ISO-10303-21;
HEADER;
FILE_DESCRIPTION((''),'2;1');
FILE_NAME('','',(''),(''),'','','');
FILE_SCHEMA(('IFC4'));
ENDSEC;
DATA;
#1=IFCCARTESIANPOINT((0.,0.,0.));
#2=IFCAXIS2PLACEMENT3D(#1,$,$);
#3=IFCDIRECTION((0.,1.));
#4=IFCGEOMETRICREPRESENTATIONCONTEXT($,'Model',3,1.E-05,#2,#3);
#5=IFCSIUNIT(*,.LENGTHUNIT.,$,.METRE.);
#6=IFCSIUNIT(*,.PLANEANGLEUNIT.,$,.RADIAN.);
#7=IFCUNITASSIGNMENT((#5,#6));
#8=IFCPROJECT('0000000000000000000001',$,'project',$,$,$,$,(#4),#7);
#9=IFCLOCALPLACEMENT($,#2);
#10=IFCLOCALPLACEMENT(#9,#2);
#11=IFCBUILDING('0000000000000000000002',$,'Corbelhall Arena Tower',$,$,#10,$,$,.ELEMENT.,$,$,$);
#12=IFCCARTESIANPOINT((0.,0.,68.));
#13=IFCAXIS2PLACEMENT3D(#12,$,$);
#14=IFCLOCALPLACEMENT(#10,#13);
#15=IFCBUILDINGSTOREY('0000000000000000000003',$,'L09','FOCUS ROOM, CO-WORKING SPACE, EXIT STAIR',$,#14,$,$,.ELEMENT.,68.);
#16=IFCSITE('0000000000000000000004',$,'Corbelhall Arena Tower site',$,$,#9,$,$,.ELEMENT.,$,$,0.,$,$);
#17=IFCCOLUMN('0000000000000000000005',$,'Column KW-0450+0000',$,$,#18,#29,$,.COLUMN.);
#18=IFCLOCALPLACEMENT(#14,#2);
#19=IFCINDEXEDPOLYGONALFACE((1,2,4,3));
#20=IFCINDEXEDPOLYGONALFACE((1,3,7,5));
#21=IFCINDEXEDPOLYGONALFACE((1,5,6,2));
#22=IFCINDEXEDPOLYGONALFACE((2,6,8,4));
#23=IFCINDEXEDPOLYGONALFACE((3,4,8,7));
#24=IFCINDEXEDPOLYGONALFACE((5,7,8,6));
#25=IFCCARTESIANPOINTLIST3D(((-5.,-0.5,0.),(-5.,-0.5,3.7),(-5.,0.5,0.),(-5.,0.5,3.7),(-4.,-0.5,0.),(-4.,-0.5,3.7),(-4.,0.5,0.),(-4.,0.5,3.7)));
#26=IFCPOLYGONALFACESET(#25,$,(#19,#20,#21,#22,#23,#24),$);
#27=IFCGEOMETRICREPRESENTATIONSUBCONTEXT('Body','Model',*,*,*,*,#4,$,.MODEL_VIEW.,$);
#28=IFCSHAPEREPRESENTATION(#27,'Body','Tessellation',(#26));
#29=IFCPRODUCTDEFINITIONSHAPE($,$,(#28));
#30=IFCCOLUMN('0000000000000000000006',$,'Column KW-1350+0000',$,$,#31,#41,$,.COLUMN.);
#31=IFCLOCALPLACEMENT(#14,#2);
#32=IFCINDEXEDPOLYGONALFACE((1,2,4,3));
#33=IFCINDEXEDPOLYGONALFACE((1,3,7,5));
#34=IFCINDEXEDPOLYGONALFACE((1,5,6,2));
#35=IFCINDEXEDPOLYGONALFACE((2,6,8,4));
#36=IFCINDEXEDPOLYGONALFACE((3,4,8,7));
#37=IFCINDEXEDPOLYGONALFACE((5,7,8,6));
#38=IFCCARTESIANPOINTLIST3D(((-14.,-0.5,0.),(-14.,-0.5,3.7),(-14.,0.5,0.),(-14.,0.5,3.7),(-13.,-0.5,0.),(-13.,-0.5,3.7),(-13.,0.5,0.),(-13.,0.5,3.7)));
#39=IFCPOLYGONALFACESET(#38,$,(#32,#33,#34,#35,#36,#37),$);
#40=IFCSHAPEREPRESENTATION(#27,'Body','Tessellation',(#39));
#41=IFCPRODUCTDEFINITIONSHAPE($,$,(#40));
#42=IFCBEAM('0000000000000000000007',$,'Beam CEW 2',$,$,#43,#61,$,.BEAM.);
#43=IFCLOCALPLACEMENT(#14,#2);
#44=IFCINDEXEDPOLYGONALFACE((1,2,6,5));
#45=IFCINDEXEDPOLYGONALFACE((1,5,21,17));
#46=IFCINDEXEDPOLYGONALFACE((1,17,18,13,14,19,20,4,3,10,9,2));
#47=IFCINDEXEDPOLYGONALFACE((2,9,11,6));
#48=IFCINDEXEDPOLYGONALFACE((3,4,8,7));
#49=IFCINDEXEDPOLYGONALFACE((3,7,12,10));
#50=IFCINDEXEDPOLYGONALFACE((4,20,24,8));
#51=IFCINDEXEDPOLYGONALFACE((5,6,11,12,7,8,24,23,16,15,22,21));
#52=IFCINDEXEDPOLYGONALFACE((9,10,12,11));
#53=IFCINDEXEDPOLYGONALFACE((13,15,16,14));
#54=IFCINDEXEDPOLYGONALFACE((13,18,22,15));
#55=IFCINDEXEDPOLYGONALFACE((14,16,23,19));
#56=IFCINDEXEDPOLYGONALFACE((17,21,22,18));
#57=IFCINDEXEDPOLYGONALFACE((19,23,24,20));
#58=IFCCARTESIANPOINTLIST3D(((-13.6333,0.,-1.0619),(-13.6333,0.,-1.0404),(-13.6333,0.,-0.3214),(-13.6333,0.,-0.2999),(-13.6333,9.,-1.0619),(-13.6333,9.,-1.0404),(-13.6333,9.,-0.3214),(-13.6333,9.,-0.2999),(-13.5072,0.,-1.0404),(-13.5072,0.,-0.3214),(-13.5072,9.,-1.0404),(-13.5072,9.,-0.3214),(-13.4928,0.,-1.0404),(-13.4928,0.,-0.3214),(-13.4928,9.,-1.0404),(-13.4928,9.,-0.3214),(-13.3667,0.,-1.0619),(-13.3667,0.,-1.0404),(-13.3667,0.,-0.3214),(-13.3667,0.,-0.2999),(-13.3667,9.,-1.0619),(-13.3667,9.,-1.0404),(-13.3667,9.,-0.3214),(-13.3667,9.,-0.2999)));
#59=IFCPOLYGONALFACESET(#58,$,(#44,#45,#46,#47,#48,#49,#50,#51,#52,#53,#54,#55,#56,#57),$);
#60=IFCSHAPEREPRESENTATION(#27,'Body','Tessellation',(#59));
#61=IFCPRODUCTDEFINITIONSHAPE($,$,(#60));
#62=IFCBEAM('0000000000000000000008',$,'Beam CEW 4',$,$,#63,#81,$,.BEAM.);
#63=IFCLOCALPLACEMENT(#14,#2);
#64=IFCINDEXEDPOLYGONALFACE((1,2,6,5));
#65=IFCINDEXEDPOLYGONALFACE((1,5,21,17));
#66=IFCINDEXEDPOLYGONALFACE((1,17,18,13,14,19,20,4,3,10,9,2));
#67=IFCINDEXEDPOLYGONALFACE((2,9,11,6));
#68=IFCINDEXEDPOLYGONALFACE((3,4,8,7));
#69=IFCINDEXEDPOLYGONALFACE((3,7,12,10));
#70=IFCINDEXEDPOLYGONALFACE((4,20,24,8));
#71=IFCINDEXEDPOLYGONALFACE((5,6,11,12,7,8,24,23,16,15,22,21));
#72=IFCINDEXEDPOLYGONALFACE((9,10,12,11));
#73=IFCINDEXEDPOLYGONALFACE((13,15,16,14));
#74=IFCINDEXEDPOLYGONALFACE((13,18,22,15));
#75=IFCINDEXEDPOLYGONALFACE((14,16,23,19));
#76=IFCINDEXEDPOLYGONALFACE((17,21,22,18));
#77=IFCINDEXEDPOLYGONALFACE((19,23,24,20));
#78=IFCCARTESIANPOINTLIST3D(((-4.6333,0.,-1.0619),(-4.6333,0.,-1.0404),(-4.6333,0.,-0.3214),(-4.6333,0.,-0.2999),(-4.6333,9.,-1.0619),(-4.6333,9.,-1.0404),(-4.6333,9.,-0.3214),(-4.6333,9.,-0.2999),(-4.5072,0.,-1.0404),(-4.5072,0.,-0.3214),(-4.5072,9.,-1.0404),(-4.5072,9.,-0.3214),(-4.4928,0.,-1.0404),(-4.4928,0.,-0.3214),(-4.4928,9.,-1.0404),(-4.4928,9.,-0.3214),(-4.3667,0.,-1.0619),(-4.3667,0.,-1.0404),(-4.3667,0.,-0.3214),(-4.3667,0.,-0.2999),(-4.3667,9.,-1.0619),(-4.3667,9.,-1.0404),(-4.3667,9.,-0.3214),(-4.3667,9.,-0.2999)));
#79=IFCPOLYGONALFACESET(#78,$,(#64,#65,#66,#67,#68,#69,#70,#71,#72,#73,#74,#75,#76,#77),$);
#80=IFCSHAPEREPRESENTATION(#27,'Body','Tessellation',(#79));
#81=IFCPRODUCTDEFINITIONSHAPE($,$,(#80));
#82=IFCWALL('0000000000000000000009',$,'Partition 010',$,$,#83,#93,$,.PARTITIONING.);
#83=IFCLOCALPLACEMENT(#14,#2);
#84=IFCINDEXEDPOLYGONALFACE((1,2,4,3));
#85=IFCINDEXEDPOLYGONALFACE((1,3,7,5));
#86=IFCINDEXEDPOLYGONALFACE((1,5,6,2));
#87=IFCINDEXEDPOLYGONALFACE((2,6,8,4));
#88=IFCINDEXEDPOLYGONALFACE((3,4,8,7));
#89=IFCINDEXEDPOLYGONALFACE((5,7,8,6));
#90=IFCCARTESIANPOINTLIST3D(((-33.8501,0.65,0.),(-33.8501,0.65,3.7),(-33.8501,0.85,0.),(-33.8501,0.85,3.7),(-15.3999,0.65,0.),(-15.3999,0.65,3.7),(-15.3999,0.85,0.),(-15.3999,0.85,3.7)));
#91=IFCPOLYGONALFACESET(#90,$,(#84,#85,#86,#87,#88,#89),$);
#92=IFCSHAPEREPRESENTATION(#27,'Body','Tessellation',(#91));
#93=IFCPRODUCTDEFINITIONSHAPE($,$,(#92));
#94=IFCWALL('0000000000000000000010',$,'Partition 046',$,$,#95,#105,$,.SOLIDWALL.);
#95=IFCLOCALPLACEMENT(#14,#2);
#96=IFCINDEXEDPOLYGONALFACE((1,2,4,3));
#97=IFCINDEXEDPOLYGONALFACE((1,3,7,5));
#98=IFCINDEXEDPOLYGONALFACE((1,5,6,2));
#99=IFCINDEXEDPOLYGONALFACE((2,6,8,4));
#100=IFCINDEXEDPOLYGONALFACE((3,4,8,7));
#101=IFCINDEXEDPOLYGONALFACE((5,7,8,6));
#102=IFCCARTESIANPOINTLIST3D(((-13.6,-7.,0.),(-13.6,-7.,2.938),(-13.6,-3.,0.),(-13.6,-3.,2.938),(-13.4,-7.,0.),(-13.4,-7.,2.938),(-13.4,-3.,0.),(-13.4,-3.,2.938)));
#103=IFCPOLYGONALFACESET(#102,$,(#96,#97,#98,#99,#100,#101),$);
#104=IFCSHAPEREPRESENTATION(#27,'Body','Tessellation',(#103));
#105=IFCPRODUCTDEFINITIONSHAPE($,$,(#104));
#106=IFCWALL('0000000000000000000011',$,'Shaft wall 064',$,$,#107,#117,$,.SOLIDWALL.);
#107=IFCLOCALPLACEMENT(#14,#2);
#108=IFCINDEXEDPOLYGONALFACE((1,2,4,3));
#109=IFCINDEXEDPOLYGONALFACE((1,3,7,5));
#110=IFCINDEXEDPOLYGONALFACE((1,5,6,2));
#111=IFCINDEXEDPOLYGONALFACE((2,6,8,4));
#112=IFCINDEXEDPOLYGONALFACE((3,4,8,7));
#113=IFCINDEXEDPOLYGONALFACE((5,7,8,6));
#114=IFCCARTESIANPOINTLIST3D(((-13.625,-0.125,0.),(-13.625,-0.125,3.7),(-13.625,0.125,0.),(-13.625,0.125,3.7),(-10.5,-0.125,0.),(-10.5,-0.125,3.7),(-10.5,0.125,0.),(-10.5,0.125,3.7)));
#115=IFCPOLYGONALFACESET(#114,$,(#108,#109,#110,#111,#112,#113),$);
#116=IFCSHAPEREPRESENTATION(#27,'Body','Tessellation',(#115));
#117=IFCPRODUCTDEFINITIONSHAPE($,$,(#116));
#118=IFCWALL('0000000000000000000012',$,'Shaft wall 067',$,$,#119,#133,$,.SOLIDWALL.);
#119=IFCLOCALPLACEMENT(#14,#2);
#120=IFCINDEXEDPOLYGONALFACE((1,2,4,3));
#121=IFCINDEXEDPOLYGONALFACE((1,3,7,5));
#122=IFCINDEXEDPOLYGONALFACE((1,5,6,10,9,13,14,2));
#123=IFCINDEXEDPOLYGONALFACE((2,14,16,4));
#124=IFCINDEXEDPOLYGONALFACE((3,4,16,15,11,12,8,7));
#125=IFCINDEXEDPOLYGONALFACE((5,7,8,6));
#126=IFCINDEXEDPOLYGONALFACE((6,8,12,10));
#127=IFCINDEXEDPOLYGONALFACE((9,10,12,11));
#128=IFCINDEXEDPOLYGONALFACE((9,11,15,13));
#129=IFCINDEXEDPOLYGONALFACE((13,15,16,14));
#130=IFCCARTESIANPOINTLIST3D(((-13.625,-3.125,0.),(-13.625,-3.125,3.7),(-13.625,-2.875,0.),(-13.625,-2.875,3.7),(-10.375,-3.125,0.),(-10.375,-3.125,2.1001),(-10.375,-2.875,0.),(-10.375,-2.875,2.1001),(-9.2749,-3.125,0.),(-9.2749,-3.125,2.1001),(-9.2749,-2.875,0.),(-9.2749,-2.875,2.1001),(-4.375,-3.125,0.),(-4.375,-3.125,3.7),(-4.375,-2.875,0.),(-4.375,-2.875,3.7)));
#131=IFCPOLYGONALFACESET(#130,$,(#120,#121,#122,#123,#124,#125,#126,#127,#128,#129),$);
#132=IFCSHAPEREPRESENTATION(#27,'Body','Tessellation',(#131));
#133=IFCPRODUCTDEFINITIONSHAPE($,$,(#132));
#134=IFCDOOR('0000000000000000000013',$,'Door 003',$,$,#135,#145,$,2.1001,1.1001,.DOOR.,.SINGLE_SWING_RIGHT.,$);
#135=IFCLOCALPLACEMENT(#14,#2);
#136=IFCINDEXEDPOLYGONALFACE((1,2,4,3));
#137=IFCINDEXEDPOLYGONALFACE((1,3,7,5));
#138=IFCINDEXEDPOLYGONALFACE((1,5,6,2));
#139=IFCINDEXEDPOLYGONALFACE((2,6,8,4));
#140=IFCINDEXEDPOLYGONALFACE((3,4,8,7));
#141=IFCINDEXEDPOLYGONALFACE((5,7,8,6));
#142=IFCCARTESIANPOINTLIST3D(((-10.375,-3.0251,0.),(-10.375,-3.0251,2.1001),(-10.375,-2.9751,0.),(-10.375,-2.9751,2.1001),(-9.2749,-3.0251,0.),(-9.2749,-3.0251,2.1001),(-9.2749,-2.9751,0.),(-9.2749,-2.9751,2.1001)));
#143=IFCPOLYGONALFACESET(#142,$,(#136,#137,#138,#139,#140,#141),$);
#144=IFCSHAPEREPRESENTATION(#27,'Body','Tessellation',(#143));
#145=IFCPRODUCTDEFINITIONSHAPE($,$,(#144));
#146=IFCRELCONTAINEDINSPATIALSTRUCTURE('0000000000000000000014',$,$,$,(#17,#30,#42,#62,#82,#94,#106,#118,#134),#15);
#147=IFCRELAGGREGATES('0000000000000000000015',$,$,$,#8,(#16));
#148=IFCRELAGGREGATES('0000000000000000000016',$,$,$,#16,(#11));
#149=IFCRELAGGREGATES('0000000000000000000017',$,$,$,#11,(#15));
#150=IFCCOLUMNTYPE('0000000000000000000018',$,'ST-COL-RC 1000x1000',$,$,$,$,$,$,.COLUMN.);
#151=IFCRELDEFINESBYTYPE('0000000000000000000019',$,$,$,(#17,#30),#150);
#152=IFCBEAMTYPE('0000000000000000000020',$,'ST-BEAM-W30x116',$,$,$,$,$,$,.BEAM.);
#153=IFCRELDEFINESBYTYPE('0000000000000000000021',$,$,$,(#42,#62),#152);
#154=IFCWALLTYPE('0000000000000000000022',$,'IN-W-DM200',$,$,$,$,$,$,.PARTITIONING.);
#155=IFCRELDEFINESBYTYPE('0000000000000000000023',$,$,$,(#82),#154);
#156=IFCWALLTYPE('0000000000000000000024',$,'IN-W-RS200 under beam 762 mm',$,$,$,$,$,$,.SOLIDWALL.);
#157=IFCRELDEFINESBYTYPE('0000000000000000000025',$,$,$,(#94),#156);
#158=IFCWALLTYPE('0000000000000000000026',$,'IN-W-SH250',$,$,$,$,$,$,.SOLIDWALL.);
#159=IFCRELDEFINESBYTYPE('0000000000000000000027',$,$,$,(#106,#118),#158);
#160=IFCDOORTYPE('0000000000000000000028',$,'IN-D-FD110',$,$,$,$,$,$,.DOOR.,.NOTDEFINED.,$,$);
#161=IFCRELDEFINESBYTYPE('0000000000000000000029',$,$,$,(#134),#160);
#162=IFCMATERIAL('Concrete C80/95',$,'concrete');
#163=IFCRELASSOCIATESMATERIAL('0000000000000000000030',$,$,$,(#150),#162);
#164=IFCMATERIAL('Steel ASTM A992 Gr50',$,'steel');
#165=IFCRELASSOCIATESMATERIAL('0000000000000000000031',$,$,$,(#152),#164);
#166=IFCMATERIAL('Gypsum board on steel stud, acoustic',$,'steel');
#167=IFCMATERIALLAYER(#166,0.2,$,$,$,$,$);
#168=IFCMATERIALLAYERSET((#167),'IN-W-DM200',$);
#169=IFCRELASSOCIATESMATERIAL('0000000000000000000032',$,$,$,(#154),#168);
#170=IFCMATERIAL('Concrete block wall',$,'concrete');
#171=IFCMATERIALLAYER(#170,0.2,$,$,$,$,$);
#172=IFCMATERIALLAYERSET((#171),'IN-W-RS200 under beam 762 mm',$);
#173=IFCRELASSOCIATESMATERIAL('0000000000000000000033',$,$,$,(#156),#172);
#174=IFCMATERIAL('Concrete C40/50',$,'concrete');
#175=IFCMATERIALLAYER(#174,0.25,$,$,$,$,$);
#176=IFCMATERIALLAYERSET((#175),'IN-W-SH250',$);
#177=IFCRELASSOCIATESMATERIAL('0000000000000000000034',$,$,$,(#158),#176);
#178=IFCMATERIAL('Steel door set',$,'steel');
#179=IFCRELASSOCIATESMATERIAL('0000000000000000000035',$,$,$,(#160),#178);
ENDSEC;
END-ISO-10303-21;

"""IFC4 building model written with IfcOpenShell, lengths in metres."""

from ifc_helpers import new_model, si_unit, direction, frame, frame_2d, origin, origin_2d, place, context, subcontext, project, spatial, rectangle, i_section, extrude, material, layer, layer_set, material_profile, profile_set, type_object, element, fill, save


model = new_model("IFC4")

# Units and contexts
model_context = context("Model", 3, precision=1e-05, world=origin(), true_north=direction((0.0, 1.0)))
body_context = subcontext(model_context, "Body", "Model", "MODEL_VIEW")
ifc_project = project(units=[si_unit("LENGTHUNIT", "METRE"), si_unit("PLANEANGLEUNIT", "RADIAN")], contexts=[model_context])

# Site, building, storey
site_placement = place(None, origin())
site = spatial("IfcSite", under=ifc_project, at=site_placement, Name="Corbelhall Arena Tower site", CompositionType="ELEMENT", RefElevation=0.0)
building_placement = place(site_placement, origin())
building = spatial("IfcBuilding", under=site, at=building_placement, Name="Corbelhall Arena Tower", CompositionType="ELEMENT")
storey_placement = place(building_placement, frame((0.0, 0.0, 68.0)))
storey = spatial("IfcBuildingStorey", under=building, at=storey_placement, Name="L09", Description="FOCUS ROOM, CO-WORKING SPACE, EXIT STAIR", CompositionType="ELEMENT", Elevation=68.0)

# Columns
ifc_material_1 = material(Name="Concrete C80/95", Category="concrete")
ifc_material_profile_1 = material_profile(ifc_material_1, rectangle(XDim=1.0, YDim=1.0, at=origin_2d()))
ifc_profile_set_1 = profile_set([ifc_material_profile_1], Name="Concrete C80/95")
column_type = type_object("IfcColumnType", Name="ST-COL-RC 1000x1000", PredefinedType="COLUMN", material=ifc_profile_set_1)
for number, where, z_axis, x_axis, name in (
    (1, (-4.5, 0.0, 0.0), (0.0, 0.0, 1.0), (1.0, 0.0, 0.0), "Column KW-0450+0000"),
    (2, (-13.5, 0.0, 0.0), (0.0, 0.0, 1.0), (1.0, 0.0, 0.0), "Column KW-1350+0000"),
):
    element("IfcColumn", number, at=place(storey_placement, frame(where, z_axis=z_axis, x_axis=x_axis)), inside=storey, type_object=column_type, Name=name, PredefinedType="COLUMN", context=body_context, shape_type="SweptSolid", body=[
        extrude(rectangle(XDim=1.0, YDim=1.0, at=origin_2d()), origin(), (0.0, 0.0, 1.0), 3.7),
    ])

# Beams
ifc_material_2 = material(Name="Steel ASTM A992 Gr50", Category="steel")
ifc_material_profile_2 = material_profile(ifc_material_2, i_section(OverallWidth=0.2666, OverallDepth=0.762, WebThickness=0.0144, FlangeThickness=0.0215, at=origin_2d()))
ifc_profile_set_2 = profile_set([ifc_material_profile_2], Name="Steel ASTM A992 Gr50")
beam_type = type_object("IfcBeamType", Name="ST-BEAM-W30x116", PredefinedType="BEAM", material=ifc_profile_set_2)
for number, where, z_axis, x_axis, name in (
    (3, (-13.5, 0.0, -0.6809), (0.0, 1.0, 0.0), (-1.0, 0.0, 0.0), "Beam CEW 2"),
    (4, (-4.5, 0.0, -0.6809), (0.0, 1.0, 0.0), (-1.0, 0.0, 0.0), "Beam CEW 4"),
):
    element("IfcBeam", number, at=place(storey_placement, frame(where, z_axis=z_axis, x_axis=x_axis)), inside=storey, type_object=beam_type, Name=name, PredefinedType="BEAM", context=body_context, shape_type="SweptSolid", body=[
        extrude(i_section(OverallWidth=0.2666, OverallDepth=0.762, WebThickness=0.0144, FlangeThickness=0.0215, at=origin_2d()), origin(), (0.0, 0.0, 1.0), 9.0),
    ])

# Walls
ifc_material_3 = material(Name="Gypsum board on steel stud, acoustic", Category="steel")
ifc_layer_1 = layer(ifc_material_3, 0.2)
ifc_layer_set_1 = layer_set([ifc_layer_1], Name="IN-W-DM200")
wall_type_1 = type_object("IfcWallType", Name="IN-W-DM200", PredefinedType="PARTITIONING", material=ifc_layer_set_1)
wall_1_placement = place(storey_placement, frame((-15.3999, 0.75, 0.0), z_axis=(0.0, 0.0, 1.0), x_axis=(-1.0, 0.0, 0.0)))
element("IfcWall", 5, at=wall_1_placement, inside=storey, type_object=wall_type_1, Name="Partition 010", PredefinedType="PARTITIONING", context=body_context, shape_type="SweptSolid", body=[
    extrude(rectangle(XDim=18.4502, YDim=0.2, at=frame_2d((9.2251, 0.0))), origin(), (0.0, 0.0, 1.0), 3.7),
])
ifc_material_4 = material(Name="Concrete block wall", Category="concrete")
ifc_layer_2 = layer(ifc_material_4, 0.2)
ifc_layer_set_2 = layer_set([ifc_layer_2], Name="IN-W-RS200 under beam 762 mm")
wall_type_2 = type_object("IfcWallType", Name="IN-W-RS200 under beam 762 mm", PredefinedType="SOLIDWALL", material=ifc_layer_set_2)
wall_2_placement = place(storey_placement, frame((-13.5, -7.0, 0.0), z_axis=(0.0, 0.0, 1.0), x_axis=(0.0, 1.0, 0.0)))
element("IfcWall", 6, at=wall_2_placement, inside=storey, type_object=wall_type_2, Name="Partition 046", PredefinedType="SOLIDWALL", context=body_context, shape_type="SweptSolid", body=[
    extrude(rectangle(XDim=4.0, YDim=0.2, at=frame_2d((2.0, 0.0))), origin(), (0.0, 0.0, 1.0), 2.938),
])
ifc_material_5 = material(Name="Concrete C40/50", Category="concrete")
ifc_layer_3 = layer(ifc_material_5, 0.25)
ifc_layer_set_3 = layer_set([ifc_layer_3], Name="IN-W-SH250")
wall_type_3 = type_object("IfcWallType", Name="IN-W-SH250", PredefinedType="SOLIDWALL", material=ifc_layer_set_3)
wall_3_placement = place(storey_placement, frame((-13.625, 0.0, 0.0), z_axis=(0.0, 0.0, 1.0), x_axis=(1.0, 0.0, 0.0)))
element("IfcWall", 7, at=wall_3_placement, inside=storey, type_object=wall_type_3, Name="Shaft wall 064", PredefinedType="SOLIDWALL", context=body_context, shape_type="SweptSolid", body=[
    extrude(rectangle(XDim=3.125, YDim=0.25, at=frame_2d((1.5625, 0.0))), origin(), (0.0, 0.0, 1.0), 3.7),
])

# Wall, opening, door
wall_4_placement = place(storey_placement, frame((-13.625, -3.0, 0.0), z_axis=(0.0, 0.0, 1.0), x_axis=(1.0, 0.0, 0.0)))
wall_4 = element("IfcWall", 8, at=wall_4_placement, inside=storey, type_object=wall_type_3, Name="Shaft wall 067", PredefinedType="SOLIDWALL", context=body_context, shape_type="SweptSolid", body=[
    extrude(rectangle(XDim=9.25, YDim=0.25, at=frame_2d((4.625, 0.0))), origin(), (0.0, 0.0, 1.0), 3.7),
])
opening_1_placement = place(wall_4_placement, frame((3.25, 0.0, 0.0)))
opening_1 = element("IfcOpeningElement", 9, at=opening_1_placement, cuts=wall_4, PredefinedType="OPENING", context=body_context, shape_type="SweptSolid", body=[
    extrude(rectangle(XDim=1.1001, YDim=2.1001, at=frame_2d((0.55, 1.05))), frame((0.0, 0.125, 0.0), z_axis=(0.0, -1.0, 0.0), x_axis=(1.0, 0.0, 0.0)), (0.0, 0.0, 1.0), 0.25),
])
ifc_material_6 = material(Name="Steel door set", Category="steel")
door_type_1 = type_object("IfcDoorType", Name="IN-D-FD110", OperationType="NOTDEFINED", PredefinedType="DOOR", material=ifc_material_6)
door_1_placement = place(opening_1_placement, origin())
door_1 = element("IfcDoor", 10, at=door_1_placement, inside=storey, type_object=door_type_1, Name="Door 003", OperationType="SINGLE_SWING_RIGHT", OverallHeight=2.1001, OverallWidth=1.1001, PredefinedType="DOOR", context=body_context, shape_type="SweptSolid", body=[
    extrude(rectangle(XDim=1.1001, YDim=2.1001, at=frame_2d((0.55, 1.05))), frame((0.0, 0.0249, 0.0), z_axis=(0.0, -1.0, 0.0), x_axis=(1.0, 0.0, 0.0)), (0.0, 0.0, 1.0), 0.05),
])
fill(opening_1, door_1)

save(model, "model.ifc")
